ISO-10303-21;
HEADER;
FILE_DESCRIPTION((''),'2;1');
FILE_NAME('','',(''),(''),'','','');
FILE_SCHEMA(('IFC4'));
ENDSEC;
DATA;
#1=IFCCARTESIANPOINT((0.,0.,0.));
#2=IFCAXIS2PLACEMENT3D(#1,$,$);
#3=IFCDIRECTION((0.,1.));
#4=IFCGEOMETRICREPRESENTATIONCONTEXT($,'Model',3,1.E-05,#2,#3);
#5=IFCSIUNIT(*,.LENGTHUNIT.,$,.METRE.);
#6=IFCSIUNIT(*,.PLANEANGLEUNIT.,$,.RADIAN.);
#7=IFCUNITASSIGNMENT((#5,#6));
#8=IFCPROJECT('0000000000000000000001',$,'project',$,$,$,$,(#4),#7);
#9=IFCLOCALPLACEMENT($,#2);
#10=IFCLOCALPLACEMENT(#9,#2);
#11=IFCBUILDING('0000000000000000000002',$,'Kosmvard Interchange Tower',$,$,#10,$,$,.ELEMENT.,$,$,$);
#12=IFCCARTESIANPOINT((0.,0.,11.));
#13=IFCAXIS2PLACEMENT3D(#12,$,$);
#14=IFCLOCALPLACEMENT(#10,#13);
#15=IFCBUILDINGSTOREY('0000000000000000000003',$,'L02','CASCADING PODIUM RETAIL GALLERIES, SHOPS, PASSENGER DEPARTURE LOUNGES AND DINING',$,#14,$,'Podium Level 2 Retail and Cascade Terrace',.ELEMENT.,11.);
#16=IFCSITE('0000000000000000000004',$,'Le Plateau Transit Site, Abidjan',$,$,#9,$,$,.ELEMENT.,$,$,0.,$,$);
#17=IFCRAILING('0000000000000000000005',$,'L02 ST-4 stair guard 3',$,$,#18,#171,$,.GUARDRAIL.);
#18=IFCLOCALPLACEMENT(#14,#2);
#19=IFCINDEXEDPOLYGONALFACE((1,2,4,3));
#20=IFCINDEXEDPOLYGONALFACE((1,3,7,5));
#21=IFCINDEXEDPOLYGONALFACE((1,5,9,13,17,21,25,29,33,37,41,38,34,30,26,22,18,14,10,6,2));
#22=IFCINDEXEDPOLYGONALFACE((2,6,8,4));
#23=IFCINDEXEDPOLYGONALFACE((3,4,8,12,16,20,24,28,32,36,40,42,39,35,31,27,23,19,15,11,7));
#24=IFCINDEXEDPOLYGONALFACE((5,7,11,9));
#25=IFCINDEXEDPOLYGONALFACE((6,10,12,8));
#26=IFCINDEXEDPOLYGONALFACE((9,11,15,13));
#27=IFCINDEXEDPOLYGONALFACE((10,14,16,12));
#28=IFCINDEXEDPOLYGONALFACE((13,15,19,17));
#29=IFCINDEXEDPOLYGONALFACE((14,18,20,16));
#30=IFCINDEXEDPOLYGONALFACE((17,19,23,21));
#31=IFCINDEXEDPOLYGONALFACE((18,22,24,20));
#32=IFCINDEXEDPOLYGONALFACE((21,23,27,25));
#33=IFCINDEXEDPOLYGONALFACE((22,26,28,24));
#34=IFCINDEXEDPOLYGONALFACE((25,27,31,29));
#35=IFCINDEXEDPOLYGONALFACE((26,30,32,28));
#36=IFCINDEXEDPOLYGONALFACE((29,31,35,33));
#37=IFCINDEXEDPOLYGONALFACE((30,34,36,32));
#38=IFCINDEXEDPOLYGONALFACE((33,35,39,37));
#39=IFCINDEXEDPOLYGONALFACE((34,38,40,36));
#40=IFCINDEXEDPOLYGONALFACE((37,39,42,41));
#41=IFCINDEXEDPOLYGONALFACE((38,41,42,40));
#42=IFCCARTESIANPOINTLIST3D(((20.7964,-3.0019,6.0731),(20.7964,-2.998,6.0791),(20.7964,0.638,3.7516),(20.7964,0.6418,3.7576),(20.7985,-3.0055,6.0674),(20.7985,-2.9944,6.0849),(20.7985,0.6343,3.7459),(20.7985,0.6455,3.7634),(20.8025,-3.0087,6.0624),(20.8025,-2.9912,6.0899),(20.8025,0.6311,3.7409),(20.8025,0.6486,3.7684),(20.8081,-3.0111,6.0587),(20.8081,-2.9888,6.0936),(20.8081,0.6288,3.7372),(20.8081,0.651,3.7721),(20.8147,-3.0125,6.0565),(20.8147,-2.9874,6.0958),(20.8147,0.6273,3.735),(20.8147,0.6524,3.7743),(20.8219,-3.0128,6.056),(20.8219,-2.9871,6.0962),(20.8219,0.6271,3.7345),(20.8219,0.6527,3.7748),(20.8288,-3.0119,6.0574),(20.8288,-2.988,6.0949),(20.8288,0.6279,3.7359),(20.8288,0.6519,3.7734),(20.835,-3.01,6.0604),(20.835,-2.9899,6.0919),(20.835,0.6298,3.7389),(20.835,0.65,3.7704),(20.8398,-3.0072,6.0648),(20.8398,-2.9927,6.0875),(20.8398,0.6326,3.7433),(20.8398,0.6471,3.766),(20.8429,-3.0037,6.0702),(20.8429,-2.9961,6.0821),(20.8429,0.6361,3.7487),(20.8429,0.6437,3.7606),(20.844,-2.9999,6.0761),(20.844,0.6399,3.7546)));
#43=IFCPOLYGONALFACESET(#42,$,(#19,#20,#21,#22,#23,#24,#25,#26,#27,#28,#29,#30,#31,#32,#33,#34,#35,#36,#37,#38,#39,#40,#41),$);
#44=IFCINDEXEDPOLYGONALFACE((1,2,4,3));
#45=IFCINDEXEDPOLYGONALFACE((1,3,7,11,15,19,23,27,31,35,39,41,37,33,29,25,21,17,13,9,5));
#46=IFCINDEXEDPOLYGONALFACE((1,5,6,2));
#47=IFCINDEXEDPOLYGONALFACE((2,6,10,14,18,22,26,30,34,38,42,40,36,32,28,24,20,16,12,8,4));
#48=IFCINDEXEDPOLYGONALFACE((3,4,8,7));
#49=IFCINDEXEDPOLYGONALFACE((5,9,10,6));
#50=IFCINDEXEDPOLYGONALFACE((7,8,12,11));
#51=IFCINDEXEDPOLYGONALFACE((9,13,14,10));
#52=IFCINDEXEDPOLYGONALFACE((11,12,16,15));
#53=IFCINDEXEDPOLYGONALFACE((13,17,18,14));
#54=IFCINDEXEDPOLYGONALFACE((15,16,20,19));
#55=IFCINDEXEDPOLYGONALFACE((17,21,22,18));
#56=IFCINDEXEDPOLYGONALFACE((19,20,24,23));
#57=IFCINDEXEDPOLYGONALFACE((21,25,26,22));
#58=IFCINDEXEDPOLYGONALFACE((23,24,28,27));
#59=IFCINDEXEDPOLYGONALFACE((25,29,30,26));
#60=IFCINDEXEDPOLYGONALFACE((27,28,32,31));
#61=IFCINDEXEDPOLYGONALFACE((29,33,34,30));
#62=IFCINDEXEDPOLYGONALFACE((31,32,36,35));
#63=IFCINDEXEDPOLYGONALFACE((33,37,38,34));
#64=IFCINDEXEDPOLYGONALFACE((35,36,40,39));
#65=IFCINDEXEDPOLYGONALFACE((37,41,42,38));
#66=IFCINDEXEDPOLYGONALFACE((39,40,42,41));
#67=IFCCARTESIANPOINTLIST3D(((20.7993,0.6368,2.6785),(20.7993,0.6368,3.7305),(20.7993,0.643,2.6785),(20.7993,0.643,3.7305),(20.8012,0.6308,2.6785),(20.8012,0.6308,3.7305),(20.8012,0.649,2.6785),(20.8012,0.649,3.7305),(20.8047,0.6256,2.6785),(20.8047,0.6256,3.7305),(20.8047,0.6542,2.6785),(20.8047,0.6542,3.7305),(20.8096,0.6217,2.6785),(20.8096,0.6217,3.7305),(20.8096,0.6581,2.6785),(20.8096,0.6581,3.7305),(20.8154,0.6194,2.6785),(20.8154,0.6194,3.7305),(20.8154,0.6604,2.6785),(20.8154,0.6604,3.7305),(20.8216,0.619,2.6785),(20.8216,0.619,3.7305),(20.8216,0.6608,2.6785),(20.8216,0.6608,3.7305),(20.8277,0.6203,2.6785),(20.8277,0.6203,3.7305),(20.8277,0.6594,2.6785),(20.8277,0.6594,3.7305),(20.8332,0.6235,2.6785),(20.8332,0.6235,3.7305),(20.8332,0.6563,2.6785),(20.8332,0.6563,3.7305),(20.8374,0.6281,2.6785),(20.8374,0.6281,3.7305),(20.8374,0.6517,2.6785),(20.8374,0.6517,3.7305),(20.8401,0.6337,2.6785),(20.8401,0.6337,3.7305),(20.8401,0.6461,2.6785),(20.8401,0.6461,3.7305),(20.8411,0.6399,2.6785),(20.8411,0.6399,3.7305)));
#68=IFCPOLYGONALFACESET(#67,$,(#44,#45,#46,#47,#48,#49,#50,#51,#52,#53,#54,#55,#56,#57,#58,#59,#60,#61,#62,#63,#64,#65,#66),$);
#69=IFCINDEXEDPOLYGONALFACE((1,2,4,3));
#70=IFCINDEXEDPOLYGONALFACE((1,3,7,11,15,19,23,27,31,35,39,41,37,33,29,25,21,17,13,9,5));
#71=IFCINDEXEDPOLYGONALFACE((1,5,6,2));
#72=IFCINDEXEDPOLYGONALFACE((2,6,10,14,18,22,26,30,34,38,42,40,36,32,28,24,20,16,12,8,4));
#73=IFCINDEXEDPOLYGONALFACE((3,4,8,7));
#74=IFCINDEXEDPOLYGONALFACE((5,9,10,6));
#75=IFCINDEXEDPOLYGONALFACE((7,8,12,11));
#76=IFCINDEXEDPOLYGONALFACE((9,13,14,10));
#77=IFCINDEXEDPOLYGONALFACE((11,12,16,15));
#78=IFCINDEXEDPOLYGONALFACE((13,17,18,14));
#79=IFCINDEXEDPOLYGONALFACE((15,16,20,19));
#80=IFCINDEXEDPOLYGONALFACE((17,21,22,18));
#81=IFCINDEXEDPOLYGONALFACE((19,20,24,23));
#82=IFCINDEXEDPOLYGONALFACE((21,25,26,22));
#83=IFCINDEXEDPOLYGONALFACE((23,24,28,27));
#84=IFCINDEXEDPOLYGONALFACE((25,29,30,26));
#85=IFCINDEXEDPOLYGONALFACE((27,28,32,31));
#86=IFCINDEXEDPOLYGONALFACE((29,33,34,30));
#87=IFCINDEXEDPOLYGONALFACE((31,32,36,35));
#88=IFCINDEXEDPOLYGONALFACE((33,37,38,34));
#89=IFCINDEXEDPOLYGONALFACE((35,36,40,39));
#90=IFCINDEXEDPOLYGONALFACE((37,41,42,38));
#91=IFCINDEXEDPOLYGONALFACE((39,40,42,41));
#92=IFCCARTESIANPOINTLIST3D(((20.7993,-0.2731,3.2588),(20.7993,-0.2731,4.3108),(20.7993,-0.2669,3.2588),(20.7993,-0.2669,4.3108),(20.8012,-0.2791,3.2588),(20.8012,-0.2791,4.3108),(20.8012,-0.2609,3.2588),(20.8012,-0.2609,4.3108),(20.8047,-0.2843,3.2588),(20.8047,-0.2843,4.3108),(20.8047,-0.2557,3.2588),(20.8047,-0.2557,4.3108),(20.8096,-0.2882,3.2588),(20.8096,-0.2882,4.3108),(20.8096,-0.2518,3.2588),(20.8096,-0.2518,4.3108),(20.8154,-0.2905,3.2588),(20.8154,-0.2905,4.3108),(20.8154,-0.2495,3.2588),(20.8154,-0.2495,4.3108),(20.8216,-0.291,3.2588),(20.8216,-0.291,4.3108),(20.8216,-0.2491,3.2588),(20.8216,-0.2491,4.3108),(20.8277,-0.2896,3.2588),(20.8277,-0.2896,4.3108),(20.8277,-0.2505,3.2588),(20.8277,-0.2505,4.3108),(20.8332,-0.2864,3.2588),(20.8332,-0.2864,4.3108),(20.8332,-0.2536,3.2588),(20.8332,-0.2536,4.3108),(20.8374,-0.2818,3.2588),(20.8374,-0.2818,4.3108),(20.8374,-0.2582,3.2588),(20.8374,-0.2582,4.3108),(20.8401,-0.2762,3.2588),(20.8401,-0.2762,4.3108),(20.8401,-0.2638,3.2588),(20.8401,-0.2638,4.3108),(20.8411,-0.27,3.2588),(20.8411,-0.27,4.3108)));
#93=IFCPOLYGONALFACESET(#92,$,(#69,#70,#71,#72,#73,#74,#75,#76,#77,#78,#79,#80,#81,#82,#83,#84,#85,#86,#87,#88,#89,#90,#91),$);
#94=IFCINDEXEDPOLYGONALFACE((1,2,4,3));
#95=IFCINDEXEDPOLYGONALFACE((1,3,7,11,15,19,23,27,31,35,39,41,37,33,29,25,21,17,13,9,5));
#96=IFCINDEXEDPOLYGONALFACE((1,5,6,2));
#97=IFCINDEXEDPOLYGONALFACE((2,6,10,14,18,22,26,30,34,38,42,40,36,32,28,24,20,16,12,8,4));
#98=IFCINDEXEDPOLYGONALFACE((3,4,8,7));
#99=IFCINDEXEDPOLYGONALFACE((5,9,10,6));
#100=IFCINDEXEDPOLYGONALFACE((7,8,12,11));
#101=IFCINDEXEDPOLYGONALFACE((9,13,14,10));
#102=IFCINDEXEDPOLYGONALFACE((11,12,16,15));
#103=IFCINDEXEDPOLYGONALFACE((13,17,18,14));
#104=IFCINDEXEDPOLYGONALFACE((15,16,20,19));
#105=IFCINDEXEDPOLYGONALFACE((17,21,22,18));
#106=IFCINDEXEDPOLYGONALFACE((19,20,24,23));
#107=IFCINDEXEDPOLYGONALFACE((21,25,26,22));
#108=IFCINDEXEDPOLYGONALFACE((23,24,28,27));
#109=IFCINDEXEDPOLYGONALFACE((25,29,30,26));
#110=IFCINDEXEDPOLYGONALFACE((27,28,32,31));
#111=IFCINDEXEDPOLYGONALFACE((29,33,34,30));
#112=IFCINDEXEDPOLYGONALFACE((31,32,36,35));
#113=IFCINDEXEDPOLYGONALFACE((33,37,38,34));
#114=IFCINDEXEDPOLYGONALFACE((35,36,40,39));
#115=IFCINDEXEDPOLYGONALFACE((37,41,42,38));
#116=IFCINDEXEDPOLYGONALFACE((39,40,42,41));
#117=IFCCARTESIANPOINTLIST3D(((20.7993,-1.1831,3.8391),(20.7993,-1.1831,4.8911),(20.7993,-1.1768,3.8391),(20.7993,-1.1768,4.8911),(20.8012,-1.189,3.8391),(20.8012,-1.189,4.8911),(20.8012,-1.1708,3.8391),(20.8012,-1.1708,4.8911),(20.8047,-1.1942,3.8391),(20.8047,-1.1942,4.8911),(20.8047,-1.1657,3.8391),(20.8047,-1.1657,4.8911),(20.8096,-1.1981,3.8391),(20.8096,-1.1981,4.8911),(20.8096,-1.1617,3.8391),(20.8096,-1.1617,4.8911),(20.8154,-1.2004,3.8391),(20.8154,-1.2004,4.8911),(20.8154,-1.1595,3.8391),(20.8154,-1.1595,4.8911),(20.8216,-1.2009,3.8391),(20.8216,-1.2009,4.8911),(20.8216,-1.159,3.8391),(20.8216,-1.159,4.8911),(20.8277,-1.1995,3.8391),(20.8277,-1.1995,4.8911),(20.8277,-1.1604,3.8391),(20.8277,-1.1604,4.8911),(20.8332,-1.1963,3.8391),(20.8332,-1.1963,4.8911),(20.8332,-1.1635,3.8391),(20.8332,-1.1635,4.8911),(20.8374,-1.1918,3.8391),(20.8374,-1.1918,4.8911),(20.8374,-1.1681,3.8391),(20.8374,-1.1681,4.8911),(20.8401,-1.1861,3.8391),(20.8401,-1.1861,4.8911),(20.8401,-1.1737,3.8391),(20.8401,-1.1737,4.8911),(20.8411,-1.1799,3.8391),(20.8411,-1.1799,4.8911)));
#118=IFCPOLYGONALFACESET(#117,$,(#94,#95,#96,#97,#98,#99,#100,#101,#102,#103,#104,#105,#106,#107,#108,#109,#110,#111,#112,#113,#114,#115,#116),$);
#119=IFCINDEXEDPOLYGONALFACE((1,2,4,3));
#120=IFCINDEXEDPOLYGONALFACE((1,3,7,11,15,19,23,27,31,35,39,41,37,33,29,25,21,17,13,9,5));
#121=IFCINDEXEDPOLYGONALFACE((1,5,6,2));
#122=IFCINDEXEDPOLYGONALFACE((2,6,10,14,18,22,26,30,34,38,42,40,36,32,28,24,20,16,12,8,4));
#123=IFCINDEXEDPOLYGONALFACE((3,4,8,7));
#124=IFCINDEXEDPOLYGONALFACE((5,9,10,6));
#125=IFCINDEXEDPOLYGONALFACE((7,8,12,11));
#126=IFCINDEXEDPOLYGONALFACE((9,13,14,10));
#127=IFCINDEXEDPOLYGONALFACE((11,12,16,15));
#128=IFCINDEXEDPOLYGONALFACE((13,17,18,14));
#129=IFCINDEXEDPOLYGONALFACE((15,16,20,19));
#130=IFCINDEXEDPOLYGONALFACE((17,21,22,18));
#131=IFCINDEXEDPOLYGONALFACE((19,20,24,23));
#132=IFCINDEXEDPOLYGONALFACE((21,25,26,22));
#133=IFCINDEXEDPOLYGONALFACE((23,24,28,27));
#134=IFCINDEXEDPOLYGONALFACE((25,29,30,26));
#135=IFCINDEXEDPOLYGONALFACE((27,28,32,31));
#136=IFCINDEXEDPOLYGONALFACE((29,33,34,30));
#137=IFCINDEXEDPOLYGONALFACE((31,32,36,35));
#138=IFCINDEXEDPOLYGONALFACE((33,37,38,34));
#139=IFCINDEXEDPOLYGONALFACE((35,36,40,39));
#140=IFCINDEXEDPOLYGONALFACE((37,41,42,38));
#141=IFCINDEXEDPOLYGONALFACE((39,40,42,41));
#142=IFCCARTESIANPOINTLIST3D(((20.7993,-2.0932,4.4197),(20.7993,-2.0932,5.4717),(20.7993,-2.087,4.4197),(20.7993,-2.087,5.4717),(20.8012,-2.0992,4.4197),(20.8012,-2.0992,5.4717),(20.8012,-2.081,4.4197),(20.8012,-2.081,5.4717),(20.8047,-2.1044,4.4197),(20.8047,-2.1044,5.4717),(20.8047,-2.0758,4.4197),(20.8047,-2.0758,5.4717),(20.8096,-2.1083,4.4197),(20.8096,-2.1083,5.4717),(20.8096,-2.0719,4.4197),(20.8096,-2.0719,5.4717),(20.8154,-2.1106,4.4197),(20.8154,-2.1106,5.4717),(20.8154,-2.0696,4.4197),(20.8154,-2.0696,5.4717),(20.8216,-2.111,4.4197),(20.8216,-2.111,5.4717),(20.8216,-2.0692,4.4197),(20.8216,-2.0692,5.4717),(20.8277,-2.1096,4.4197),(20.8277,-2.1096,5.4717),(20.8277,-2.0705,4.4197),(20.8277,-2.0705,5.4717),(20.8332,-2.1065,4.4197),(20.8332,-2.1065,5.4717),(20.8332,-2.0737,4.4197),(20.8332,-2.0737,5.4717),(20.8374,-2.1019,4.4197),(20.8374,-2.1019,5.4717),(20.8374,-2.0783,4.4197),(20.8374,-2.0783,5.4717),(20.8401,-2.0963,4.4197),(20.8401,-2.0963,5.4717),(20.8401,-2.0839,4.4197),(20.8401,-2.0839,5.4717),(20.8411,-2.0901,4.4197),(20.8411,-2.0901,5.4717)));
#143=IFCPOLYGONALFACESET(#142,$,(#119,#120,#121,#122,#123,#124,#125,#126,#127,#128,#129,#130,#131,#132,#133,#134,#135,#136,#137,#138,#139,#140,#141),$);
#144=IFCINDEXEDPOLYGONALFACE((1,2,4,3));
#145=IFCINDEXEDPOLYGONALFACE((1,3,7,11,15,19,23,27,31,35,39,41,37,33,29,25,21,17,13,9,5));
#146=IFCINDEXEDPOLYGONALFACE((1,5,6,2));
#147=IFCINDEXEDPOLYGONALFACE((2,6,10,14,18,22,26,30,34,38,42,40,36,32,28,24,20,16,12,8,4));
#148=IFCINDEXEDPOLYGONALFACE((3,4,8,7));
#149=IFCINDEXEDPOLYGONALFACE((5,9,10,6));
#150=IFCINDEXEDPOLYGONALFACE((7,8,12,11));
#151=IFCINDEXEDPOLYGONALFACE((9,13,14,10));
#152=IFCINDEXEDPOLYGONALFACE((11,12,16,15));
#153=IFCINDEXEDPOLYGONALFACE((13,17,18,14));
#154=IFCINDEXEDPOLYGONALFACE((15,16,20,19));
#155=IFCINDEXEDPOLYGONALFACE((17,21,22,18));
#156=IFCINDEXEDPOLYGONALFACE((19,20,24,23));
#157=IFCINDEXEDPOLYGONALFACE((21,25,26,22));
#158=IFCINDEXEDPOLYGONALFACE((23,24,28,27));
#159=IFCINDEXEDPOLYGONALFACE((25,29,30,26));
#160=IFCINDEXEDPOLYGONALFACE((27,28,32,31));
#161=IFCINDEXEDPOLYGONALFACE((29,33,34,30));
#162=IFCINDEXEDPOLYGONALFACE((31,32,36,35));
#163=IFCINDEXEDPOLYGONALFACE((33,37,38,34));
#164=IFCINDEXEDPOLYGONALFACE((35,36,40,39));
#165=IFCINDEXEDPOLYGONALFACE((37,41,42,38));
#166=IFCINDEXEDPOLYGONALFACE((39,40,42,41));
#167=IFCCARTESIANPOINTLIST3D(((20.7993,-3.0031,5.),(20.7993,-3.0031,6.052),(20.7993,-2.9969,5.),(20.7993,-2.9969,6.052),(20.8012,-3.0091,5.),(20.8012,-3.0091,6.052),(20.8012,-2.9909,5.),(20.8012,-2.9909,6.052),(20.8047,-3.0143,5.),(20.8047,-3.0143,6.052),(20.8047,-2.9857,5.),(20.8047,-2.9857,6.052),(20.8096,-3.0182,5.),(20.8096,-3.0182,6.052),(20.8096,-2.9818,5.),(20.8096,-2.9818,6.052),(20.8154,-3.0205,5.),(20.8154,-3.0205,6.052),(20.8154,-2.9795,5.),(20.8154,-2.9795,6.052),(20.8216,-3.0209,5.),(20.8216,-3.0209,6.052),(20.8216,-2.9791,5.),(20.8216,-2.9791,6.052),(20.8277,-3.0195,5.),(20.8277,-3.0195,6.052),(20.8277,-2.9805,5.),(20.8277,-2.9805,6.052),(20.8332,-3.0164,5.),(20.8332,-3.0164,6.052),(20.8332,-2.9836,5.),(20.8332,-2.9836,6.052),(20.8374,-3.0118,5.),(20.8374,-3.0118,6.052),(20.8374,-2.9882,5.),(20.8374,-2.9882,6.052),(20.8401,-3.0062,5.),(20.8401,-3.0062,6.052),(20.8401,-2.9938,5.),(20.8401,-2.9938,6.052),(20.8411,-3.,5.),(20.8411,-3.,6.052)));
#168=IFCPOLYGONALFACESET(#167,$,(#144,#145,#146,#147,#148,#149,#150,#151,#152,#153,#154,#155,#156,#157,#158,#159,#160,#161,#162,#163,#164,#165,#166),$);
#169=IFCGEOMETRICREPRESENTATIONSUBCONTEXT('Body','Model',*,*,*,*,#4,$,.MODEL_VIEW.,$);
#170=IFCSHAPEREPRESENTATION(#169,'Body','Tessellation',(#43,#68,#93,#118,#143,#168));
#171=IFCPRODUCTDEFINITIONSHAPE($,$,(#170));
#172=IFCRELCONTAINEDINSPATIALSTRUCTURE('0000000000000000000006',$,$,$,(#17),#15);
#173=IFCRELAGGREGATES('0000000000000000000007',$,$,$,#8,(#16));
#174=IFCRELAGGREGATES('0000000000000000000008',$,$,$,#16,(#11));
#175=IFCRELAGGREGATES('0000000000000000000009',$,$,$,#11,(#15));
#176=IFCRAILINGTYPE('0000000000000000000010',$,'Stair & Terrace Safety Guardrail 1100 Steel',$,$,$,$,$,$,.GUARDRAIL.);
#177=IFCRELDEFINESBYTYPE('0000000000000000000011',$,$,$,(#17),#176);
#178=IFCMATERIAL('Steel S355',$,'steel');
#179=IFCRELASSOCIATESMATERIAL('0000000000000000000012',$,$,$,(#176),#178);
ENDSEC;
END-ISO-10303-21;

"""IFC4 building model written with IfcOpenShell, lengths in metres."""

from ifc_helpers import new_model, si_unit, direction, frame, origin, origin_2d, place, context, subcontext, project, spatial, circle, extrude, source, transform, mapped, material, type_object, element, save


model = new_model("IFC4")

# Units and contexts
model_context = context("Model", 3, precision=1e-05, world=origin(), true_north=direction((0.0, 1.0)))
body_context = subcontext(model_context, "Body", "Model", "MODEL_VIEW")
ifc_project = project(units=[si_unit("LENGTHUNIT", "METRE"), si_unit("PLANEANGLEUNIT", "RADIAN")], contexts=[model_context])

# Site, building, storey
site_placement = place(None, origin())
site = spatial("IfcSite", under=ifc_project, at=site_placement, Name="Le Plateau Transit Site, Abidjan", CompositionType="ELEMENT", RefElevation=0.0)
building_placement = place(site_placement, origin())
building = spatial("IfcBuilding", under=site, at=building_placement, Name="Kosmvard Interchange Tower", CompositionType="ELEMENT")
storey_placement = place(building_placement, frame((0.0, 0.0, 11.0)))
storey = spatial("IfcBuildingStorey", under=building, at=storey_placement, Name="L02", Description="CASCADING PODIUM RETAIL GALLERIES, SHOPS, PASSENGER DEPARTURE LOUNGES AND DINING", LongName="Podium Level 2 Retail and Cascade Terrace", CompositionType="ELEMENT", Elevation=11.0)

# Shared definitions
ifc_material_1 = material(Name="Steel S355", Category="steel")

# Railing
railing_type_1 = type_object("IfcRailingType", Name="Stair & Terrace Safety Guardrail 1100 Steel", PredefinedType="GUARDRAIL", material=ifc_material_1)
shared_shape_1 = source(origin(), body_context, "Body", "SweptSolid", [
    extrude(circle(Radius=0.0239, at=origin_2d()), frame((0.0, 0.0, 1.0762), z_axis=(0.0, -0.843112, 0.537739), x_axis=(1.0, 0.0, 0.0)), (0.0, 0.0, 1.0), 4.3171),
    extrude(circle(Radius=0.021, at=origin_2d()), origin(), (0.0, 0.0, 1.0), 1.052),
    extrude(circle(Radius=0.021, at=origin_2d()), frame((0.0, -0.9099, 0.5803)), (0.0, 0.0, 1.0), 1.052),
    extrude(circle(Radius=0.021, at=origin_2d()), frame((0.0, -1.8198, 1.1606)), (0.0, 0.0, 1.0), 1.052),
    extrude(circle(Radius=0.021, at=origin_2d()), frame((0.0, -2.73, 1.7412)), (0.0, 0.0, 1.0), 1.052),
    extrude(circle(Radius=0.021, at=origin_2d()), frame((0.0, -3.6399, 2.3215)), (0.0, 0.0, 1.0), 1.052),
])
railing_1_placement = place(storey_placement, frame((20.8201, 0.6399, 2.6785)))
element("IfcRailing", 1, at=railing_1_placement, inside=storey, type_object=railing_type_1, Name="L02 ST-4 stair guard 3", PredefinedType="GUARDRAIL", context=body_context, shape_type="MappedRepresentation", body=[
    mapped(shared_shape_1, transform((0.0, 0.0, 0.0), scale=1.0)),
])

save(model, "model.ifc")
